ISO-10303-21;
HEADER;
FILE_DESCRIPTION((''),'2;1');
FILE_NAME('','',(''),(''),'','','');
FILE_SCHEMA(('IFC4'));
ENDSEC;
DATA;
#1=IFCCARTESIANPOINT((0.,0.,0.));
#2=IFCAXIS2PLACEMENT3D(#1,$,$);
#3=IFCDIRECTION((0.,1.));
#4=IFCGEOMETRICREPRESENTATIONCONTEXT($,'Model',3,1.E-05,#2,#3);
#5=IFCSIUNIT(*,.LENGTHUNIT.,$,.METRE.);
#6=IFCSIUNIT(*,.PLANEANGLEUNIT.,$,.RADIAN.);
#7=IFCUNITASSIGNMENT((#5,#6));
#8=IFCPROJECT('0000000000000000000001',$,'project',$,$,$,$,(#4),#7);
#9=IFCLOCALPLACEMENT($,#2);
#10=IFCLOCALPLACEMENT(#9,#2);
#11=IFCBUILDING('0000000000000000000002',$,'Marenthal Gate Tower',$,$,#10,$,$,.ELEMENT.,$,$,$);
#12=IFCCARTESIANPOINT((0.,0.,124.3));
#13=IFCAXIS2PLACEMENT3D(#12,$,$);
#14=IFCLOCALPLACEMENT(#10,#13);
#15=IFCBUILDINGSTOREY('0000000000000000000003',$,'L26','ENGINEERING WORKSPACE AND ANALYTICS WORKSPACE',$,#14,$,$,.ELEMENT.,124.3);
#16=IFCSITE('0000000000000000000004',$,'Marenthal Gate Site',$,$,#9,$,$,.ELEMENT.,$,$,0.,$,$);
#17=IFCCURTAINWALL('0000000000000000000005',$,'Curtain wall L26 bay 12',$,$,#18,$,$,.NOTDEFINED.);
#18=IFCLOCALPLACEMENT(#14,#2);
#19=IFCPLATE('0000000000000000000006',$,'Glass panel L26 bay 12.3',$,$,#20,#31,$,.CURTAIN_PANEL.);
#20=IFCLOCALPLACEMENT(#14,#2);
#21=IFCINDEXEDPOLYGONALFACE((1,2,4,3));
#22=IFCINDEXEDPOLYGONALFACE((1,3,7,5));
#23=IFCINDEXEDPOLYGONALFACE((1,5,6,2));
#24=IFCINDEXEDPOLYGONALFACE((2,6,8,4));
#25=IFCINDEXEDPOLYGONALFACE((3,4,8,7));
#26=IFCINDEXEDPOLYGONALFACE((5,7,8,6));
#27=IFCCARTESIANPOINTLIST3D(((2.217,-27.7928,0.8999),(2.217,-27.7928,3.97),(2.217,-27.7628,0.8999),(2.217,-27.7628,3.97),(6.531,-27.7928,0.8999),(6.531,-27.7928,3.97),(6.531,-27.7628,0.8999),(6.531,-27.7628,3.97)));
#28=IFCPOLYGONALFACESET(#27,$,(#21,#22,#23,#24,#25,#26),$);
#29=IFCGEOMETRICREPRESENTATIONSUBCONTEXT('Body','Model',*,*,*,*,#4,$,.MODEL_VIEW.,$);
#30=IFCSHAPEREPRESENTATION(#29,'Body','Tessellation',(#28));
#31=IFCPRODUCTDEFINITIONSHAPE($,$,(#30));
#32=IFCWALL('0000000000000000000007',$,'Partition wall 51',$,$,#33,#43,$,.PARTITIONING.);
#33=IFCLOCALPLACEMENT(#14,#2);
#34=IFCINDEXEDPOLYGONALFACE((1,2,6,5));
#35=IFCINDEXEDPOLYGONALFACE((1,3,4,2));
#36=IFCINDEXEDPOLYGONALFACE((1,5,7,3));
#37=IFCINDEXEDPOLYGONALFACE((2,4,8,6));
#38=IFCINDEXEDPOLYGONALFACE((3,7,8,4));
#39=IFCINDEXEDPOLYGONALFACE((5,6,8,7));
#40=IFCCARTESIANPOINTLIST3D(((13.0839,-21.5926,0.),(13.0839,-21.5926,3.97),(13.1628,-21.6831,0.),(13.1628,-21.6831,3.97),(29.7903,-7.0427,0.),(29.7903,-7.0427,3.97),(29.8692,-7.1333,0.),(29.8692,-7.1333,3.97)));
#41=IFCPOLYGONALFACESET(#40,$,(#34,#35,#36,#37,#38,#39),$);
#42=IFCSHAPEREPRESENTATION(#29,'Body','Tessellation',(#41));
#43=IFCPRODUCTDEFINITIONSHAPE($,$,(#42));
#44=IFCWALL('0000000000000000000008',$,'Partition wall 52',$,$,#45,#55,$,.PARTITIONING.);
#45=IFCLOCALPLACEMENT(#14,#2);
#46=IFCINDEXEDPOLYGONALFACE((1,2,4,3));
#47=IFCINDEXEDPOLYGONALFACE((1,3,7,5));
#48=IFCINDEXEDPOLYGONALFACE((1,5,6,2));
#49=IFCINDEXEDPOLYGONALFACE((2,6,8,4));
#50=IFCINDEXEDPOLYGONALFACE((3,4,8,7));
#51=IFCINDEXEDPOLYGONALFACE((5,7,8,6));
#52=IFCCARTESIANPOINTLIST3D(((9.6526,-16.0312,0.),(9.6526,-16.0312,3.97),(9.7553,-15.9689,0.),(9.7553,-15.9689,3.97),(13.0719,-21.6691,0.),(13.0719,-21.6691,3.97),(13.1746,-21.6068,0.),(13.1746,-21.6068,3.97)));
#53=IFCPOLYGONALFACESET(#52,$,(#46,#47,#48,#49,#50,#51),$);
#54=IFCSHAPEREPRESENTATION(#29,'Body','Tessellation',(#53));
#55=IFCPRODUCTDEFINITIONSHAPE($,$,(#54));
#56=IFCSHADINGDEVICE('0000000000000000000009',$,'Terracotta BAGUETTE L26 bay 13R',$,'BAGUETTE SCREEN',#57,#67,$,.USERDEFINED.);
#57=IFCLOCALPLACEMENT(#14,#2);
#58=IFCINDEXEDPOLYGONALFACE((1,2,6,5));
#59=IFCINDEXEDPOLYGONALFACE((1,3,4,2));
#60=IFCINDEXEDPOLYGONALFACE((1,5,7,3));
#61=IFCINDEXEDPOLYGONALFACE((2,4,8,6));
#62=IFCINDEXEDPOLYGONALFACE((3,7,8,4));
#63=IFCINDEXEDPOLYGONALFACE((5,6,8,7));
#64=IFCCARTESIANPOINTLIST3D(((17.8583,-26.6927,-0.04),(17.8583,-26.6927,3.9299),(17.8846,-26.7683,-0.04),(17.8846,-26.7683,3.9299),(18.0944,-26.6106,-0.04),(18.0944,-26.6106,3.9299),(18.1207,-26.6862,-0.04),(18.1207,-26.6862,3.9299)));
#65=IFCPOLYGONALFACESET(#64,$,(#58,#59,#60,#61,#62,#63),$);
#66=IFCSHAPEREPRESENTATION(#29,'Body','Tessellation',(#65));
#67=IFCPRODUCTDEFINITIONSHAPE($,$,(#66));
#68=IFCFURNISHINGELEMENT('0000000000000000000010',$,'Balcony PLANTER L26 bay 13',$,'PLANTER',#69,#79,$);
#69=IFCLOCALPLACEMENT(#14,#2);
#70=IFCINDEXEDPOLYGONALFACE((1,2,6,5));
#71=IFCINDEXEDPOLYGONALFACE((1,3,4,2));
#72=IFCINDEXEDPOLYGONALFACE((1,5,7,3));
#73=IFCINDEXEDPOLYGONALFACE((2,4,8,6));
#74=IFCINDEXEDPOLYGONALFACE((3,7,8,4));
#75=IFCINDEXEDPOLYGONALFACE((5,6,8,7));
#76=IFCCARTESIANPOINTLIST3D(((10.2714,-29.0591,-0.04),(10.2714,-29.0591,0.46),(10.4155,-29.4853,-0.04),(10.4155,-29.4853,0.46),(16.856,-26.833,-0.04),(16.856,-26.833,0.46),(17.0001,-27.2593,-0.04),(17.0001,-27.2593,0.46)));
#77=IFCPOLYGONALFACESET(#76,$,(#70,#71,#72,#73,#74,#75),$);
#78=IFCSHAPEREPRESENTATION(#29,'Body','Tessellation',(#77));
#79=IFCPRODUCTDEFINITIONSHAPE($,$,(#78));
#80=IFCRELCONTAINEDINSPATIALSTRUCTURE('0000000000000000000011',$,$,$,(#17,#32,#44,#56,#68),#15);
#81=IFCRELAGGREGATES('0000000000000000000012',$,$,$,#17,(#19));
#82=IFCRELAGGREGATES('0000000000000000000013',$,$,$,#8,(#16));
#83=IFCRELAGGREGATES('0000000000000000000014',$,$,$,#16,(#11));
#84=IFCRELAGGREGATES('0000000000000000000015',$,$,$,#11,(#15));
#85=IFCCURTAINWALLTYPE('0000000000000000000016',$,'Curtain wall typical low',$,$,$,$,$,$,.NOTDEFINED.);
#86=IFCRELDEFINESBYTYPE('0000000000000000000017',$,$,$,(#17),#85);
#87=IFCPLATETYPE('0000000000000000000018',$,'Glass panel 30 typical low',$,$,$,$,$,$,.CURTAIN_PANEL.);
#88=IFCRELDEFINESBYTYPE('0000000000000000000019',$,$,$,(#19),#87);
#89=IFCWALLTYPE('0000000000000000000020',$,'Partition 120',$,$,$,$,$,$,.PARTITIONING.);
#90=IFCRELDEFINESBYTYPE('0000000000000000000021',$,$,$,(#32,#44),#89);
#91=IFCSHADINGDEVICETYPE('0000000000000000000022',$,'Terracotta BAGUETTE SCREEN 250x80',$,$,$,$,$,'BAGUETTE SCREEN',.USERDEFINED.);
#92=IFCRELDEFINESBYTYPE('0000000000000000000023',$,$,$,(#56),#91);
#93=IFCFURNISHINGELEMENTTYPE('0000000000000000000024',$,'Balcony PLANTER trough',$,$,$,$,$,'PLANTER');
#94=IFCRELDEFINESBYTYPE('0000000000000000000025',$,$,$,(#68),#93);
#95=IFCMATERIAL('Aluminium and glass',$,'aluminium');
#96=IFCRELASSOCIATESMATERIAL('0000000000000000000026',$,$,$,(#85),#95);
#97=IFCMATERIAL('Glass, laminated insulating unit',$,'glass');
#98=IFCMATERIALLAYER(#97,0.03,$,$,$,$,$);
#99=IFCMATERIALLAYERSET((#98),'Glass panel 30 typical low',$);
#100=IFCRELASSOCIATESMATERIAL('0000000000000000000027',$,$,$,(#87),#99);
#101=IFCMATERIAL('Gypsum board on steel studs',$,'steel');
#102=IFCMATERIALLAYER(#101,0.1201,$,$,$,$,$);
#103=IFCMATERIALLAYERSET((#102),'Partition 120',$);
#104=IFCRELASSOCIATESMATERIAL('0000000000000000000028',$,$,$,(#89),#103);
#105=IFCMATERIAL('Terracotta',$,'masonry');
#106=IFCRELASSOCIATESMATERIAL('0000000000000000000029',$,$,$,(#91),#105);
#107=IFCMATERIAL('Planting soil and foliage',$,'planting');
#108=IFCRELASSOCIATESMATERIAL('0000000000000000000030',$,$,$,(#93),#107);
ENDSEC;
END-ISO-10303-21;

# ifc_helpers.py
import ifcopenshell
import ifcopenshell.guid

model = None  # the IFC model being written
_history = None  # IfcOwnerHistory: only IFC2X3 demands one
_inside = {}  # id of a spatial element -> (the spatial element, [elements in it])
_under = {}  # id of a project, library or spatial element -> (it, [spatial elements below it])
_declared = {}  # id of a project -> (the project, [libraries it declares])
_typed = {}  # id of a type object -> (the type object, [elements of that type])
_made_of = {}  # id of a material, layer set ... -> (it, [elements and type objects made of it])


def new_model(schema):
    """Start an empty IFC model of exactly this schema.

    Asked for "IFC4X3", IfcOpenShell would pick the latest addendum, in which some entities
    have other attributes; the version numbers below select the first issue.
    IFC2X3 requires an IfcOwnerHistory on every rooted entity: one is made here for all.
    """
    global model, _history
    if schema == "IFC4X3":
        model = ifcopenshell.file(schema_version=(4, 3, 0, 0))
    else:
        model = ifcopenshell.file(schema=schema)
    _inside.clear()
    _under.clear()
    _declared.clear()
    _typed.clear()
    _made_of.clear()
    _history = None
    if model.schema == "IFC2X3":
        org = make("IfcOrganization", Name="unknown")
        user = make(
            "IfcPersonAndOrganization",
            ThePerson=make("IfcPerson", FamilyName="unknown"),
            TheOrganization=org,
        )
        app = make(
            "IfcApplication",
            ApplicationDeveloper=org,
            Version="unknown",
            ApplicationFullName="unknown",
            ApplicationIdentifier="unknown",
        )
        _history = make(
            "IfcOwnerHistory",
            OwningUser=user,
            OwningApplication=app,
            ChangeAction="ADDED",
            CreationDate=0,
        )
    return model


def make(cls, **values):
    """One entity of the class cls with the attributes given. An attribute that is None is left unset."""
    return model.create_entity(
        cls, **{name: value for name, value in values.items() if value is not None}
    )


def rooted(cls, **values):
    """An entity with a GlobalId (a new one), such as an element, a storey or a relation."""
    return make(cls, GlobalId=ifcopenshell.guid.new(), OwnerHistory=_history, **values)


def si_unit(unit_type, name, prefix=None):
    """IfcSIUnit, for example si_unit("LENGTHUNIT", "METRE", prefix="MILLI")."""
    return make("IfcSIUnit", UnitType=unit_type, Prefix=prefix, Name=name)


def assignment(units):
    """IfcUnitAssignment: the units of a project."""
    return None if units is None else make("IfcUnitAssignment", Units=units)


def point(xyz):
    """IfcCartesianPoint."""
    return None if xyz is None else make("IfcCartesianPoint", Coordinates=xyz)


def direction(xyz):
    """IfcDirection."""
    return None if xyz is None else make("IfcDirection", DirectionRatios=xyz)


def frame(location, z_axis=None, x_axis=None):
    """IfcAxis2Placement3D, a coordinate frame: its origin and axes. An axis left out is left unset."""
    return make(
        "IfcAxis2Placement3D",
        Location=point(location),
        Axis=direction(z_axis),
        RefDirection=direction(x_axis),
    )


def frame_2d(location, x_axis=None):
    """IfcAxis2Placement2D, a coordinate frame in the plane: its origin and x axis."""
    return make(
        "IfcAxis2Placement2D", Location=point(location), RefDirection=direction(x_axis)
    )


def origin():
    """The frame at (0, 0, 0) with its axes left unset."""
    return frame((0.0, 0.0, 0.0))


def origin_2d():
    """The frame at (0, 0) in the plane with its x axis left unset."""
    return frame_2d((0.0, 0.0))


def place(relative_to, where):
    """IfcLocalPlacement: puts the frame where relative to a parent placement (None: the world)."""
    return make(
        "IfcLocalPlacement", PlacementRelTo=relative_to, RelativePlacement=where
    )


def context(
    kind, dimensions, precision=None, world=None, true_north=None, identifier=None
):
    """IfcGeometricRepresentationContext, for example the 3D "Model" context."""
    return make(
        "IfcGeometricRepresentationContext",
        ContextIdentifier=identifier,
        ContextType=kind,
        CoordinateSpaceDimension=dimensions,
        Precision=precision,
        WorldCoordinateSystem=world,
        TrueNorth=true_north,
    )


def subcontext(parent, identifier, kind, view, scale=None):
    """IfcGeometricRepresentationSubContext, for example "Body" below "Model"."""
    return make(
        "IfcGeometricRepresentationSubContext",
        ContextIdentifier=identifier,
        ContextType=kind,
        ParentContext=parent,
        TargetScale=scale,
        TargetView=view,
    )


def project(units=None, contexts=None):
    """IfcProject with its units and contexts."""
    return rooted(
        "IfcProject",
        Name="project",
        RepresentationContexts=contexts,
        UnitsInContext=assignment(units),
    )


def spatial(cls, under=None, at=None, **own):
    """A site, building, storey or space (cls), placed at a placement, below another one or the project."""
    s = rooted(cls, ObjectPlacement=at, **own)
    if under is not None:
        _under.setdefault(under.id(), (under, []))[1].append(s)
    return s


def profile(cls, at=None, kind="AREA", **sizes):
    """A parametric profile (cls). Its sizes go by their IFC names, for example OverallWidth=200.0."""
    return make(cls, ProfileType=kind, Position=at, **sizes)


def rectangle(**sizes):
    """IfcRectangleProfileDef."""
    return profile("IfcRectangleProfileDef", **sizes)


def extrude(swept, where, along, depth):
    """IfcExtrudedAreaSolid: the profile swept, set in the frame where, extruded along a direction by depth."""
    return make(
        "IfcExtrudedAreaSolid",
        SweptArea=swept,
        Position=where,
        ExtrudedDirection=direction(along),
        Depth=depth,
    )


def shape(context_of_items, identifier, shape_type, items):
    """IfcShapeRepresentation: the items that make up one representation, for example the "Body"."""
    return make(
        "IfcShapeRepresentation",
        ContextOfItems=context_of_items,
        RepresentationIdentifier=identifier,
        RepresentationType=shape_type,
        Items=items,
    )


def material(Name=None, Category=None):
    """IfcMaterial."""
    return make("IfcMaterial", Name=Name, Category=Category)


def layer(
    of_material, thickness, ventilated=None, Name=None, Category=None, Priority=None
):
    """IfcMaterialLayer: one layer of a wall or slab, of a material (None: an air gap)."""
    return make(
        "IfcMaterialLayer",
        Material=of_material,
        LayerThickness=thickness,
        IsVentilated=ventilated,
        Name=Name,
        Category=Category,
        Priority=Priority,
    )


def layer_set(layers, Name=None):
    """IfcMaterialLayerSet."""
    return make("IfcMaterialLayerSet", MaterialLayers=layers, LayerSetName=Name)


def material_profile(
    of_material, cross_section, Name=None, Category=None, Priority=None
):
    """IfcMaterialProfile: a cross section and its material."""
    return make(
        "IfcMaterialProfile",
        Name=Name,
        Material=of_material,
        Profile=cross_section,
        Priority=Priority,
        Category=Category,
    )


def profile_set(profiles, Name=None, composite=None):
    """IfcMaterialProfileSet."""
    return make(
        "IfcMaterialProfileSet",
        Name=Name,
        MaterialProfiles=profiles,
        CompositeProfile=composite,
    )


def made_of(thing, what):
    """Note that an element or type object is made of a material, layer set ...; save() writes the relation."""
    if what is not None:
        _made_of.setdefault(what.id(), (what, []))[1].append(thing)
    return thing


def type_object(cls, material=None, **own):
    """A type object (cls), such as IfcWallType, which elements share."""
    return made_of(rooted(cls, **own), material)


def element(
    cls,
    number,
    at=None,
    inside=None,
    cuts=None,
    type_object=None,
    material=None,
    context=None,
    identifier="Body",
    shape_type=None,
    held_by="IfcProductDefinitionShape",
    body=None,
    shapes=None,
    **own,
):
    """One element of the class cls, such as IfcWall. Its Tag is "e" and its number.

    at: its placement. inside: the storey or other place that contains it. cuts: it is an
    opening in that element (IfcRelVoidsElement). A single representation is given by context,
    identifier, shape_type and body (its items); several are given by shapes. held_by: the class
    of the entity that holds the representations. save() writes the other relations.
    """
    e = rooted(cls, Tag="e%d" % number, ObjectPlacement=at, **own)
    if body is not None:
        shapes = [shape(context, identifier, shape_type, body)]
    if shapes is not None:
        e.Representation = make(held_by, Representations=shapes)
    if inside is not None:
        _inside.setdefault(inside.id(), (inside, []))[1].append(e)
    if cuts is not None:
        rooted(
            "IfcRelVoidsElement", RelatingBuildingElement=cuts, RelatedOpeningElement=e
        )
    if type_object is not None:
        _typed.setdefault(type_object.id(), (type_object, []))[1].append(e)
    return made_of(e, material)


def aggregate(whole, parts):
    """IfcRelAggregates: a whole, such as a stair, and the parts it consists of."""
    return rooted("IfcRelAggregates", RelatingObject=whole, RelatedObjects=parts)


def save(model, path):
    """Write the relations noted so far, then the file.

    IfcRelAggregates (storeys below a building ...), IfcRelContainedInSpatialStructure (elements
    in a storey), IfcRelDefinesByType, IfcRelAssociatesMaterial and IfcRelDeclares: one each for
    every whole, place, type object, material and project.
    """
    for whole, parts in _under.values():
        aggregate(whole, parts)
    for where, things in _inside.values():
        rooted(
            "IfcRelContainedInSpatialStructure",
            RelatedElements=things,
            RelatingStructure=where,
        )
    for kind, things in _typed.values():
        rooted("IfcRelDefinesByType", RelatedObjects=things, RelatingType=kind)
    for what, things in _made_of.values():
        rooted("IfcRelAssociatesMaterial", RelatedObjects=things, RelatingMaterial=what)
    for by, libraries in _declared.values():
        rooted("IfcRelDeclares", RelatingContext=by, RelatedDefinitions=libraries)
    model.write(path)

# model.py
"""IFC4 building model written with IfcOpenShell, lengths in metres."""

from ifc_helpers import new_model, si_unit, direction, frame, frame_2d, origin, origin_2d, place, context, subcontext, project, spatial, rectangle, extrude, material, layer, layer_set, material_profile, profile_set, type_object, element, aggregate, save


model = new_model("IFC4")

# Units and contexts
model_context = context("Model", 3, precision=1e-05, world=origin(), true_north=direction((0.0, 1.0)))
body_context = subcontext(model_context, "Body", "Model", "MODEL_VIEW")
ifc_project = project(units=[si_unit("LENGTHUNIT", "METRE"), si_unit("PLANEANGLEUNIT", "RADIAN")], contexts=[model_context])

# Site, building, storey
site_placement = place(None, origin())
site = spatial("IfcSite", under=ifc_project, at=site_placement, Name="Marenthal Gate Site", CompositionType="ELEMENT", RefElevation=0.0)
building_placement = place(site_placement, origin())
building = spatial("IfcBuilding", under=site, at=building_placement, Name="Marenthal Gate Tower", CompositionType="ELEMENT")
storey_placement = place(building_placement, frame((0.0, 0.0, 124.3)))
storey = spatial("IfcBuildingStorey", under=building, at=storey_placement, Name="L26", Description="ENGINEERING WORKSPACE AND ANALYTICS WORKSPACE", CompositionType="ELEMENT", Elevation=124.3)

# Curtain wall
ifc_material_1 = material(Name="Aluminium and glass", Category="aluminium")
curtain_wall_type = type_object("IfcCurtainWallType", Name="Curtain wall typical low", PredefinedType="NOTDEFINED", material=ifc_material_1)
curtain_wall_placement = place(storey_placement, origin())
curtain_wall = element("IfcCurtainWall", 1, at=curtain_wall_placement, inside=storey, type_object=curtain_wall_type, Name="Curtain wall L26 bay 12", PredefinedType="NOTDEFINED")

# Plate
ifc_material_2 = material(Name="Glass, laminated insulating unit", Category="glass")
ifc_layer_1 = layer(ifc_material_2, 0.03)
ifc_layer_set_1 = layer_set([ifc_layer_1], Name="Glass panel 30 typical low")
plate_type = type_object("IfcPlateType", Name="Glass panel 30 typical low", PredefinedType="CURTAIN_PANEL", material=ifc_layer_set_1)
plate_placement = place(storey_placement, frame((4.374, -27.7778, 0.8999), z_axis=(0.0, 0.0, 1.0), x_axis=(1.0, 0.0, 0.0)))
plate = element("IfcPlate", 2, at=plate_placement, type_object=plate_type, Name="Glass panel L26 bay 12.3", PredefinedType="CURTAIN_PANEL", context=body_context, shape_type="SweptSolid", body=[
    extrude(rectangle(XDim=4.314, YDim=0.03, at=origin_2d()), origin(), (0.0, 0.0, 1.0), 3.0701),
])
aggregate(curtain_wall, [plate])

# Walls
ifc_material_3 = material(Name="Gypsum board on steel studs", Category="steel")
ifc_layer_2 = layer(ifc_material_3, 0.1201)
ifc_layer_set_2 = layer_set([ifc_layer_2], Name="Partition 120")
wall_type_1 = type_object("IfcWallType", Name="Partition 120", PredefinedType="PARTITIONING", material=ifc_layer_set_2)
wall_1_placement = place(storey_placement, frame((13.1233, -21.6379, 0.0), z_axis=(0.0, 0.0, 1.0), x_axis=(0.7541, 0.656759, 0.0)))
element("IfcWall", 3, at=wall_1_placement, inside=storey, type_object=wall_type_1, Name="Partition wall 51", PredefinedType="PARTITIONING", context=body_context, shape_type="SweptSolid", body=[
    extrude(rectangle(XDim=22.1541, YDim=0.1201, at=frame_2d((11.0771, 0.0))), origin(), (0.0, 0.0, 1.0), 3.97),
])
wall_2_placement = place(storey_placement, frame((13.1233, -21.6379, 0.0), z_axis=(0.0, 0.0, 1.0), x_axis=(-0.518579, 0.85503, 0.0)))
element("IfcWall", 4, at=wall_2_placement, inside=storey, type_object=wall_type_1, Name="Partition wall 52", PredefinedType="PARTITIONING", context=body_context, shape_type="SweptSolid", body=[
    extrude(rectangle(XDim=6.5938, YDim=0.1201, at=frame_2d((3.2969, 0.0))), origin(), (0.0, 0.0, 1.0), 3.97),
])

# Shading device
ifc_material_4 = material(Name="Terracotta", Category="masonry")
ifc_material_profile_1 = material_profile(ifc_material_4, rectangle(XDim=0.25, YDim=0.0801, at=origin_2d()), Name="Terracotta baguette 250x80")
ifc_profile_set_1 = profile_set([ifc_material_profile_1], Name="Terracotta")
shading_device_type = type_object("IfcShadingDeviceType", Name="Terracotta BAGUETTE SCREEN 250x80", ElementType="BAGUETTE SCREEN", PredefinedType="USERDEFINED", material=ifc_profile_set_1)
shading_device_placement = place(storey_placement, frame((17.9895, -26.6895, -0.04), z_axis=(0.0, 0.0, 1.0), x_axis=(0.944576, 0.328292, 0.0)))
element("IfcShadingDevice", 5, at=shading_device_placement, inside=storey, type_object=shading_device_type, Name="Terracotta BAGUETTE L26 bay 13R", ObjectType="BAGUETTE SCREEN", PredefinedType="USERDEFINED", context=body_context, shape_type="SweptSolid", body=[
    extrude(rectangle(XDim=0.25, YDim=0.0801, at=origin_2d()), origin(), (0.0, 0.0, 1.0), 3.97),
])

# Furnishing element
ifc_material_5 = material(Name="Planting soil and foliage", Category="planting")
furnishing_element_type = type_object("IfcFurnishingElementType", Name="Balcony PLANTER trough", ElementType="PLANTER", material=ifc_material_5)
furnishing_placement = place(storey_placement, frame((13.6357, -28.1592, -0.04), z_axis=(0.0, 0.0, 1.0), x_axis=(0.947329, 0.320262, 0.0)))
element("IfcFurnishingElement", 6, at=furnishing_placement, inside=storey, type_object=furnishing_element_type, Name="Balcony PLANTER L26 bay 13", ObjectType="PLANTER", context=body_context, shape_type="SweptSolid", body=[
    extrude(rectangle(XDim=6.9507, YDim=0.45, at=origin_2d()), origin(), (0.0, 0.0, 1.0), 0.5),
])

save(model, "model.ifc")
